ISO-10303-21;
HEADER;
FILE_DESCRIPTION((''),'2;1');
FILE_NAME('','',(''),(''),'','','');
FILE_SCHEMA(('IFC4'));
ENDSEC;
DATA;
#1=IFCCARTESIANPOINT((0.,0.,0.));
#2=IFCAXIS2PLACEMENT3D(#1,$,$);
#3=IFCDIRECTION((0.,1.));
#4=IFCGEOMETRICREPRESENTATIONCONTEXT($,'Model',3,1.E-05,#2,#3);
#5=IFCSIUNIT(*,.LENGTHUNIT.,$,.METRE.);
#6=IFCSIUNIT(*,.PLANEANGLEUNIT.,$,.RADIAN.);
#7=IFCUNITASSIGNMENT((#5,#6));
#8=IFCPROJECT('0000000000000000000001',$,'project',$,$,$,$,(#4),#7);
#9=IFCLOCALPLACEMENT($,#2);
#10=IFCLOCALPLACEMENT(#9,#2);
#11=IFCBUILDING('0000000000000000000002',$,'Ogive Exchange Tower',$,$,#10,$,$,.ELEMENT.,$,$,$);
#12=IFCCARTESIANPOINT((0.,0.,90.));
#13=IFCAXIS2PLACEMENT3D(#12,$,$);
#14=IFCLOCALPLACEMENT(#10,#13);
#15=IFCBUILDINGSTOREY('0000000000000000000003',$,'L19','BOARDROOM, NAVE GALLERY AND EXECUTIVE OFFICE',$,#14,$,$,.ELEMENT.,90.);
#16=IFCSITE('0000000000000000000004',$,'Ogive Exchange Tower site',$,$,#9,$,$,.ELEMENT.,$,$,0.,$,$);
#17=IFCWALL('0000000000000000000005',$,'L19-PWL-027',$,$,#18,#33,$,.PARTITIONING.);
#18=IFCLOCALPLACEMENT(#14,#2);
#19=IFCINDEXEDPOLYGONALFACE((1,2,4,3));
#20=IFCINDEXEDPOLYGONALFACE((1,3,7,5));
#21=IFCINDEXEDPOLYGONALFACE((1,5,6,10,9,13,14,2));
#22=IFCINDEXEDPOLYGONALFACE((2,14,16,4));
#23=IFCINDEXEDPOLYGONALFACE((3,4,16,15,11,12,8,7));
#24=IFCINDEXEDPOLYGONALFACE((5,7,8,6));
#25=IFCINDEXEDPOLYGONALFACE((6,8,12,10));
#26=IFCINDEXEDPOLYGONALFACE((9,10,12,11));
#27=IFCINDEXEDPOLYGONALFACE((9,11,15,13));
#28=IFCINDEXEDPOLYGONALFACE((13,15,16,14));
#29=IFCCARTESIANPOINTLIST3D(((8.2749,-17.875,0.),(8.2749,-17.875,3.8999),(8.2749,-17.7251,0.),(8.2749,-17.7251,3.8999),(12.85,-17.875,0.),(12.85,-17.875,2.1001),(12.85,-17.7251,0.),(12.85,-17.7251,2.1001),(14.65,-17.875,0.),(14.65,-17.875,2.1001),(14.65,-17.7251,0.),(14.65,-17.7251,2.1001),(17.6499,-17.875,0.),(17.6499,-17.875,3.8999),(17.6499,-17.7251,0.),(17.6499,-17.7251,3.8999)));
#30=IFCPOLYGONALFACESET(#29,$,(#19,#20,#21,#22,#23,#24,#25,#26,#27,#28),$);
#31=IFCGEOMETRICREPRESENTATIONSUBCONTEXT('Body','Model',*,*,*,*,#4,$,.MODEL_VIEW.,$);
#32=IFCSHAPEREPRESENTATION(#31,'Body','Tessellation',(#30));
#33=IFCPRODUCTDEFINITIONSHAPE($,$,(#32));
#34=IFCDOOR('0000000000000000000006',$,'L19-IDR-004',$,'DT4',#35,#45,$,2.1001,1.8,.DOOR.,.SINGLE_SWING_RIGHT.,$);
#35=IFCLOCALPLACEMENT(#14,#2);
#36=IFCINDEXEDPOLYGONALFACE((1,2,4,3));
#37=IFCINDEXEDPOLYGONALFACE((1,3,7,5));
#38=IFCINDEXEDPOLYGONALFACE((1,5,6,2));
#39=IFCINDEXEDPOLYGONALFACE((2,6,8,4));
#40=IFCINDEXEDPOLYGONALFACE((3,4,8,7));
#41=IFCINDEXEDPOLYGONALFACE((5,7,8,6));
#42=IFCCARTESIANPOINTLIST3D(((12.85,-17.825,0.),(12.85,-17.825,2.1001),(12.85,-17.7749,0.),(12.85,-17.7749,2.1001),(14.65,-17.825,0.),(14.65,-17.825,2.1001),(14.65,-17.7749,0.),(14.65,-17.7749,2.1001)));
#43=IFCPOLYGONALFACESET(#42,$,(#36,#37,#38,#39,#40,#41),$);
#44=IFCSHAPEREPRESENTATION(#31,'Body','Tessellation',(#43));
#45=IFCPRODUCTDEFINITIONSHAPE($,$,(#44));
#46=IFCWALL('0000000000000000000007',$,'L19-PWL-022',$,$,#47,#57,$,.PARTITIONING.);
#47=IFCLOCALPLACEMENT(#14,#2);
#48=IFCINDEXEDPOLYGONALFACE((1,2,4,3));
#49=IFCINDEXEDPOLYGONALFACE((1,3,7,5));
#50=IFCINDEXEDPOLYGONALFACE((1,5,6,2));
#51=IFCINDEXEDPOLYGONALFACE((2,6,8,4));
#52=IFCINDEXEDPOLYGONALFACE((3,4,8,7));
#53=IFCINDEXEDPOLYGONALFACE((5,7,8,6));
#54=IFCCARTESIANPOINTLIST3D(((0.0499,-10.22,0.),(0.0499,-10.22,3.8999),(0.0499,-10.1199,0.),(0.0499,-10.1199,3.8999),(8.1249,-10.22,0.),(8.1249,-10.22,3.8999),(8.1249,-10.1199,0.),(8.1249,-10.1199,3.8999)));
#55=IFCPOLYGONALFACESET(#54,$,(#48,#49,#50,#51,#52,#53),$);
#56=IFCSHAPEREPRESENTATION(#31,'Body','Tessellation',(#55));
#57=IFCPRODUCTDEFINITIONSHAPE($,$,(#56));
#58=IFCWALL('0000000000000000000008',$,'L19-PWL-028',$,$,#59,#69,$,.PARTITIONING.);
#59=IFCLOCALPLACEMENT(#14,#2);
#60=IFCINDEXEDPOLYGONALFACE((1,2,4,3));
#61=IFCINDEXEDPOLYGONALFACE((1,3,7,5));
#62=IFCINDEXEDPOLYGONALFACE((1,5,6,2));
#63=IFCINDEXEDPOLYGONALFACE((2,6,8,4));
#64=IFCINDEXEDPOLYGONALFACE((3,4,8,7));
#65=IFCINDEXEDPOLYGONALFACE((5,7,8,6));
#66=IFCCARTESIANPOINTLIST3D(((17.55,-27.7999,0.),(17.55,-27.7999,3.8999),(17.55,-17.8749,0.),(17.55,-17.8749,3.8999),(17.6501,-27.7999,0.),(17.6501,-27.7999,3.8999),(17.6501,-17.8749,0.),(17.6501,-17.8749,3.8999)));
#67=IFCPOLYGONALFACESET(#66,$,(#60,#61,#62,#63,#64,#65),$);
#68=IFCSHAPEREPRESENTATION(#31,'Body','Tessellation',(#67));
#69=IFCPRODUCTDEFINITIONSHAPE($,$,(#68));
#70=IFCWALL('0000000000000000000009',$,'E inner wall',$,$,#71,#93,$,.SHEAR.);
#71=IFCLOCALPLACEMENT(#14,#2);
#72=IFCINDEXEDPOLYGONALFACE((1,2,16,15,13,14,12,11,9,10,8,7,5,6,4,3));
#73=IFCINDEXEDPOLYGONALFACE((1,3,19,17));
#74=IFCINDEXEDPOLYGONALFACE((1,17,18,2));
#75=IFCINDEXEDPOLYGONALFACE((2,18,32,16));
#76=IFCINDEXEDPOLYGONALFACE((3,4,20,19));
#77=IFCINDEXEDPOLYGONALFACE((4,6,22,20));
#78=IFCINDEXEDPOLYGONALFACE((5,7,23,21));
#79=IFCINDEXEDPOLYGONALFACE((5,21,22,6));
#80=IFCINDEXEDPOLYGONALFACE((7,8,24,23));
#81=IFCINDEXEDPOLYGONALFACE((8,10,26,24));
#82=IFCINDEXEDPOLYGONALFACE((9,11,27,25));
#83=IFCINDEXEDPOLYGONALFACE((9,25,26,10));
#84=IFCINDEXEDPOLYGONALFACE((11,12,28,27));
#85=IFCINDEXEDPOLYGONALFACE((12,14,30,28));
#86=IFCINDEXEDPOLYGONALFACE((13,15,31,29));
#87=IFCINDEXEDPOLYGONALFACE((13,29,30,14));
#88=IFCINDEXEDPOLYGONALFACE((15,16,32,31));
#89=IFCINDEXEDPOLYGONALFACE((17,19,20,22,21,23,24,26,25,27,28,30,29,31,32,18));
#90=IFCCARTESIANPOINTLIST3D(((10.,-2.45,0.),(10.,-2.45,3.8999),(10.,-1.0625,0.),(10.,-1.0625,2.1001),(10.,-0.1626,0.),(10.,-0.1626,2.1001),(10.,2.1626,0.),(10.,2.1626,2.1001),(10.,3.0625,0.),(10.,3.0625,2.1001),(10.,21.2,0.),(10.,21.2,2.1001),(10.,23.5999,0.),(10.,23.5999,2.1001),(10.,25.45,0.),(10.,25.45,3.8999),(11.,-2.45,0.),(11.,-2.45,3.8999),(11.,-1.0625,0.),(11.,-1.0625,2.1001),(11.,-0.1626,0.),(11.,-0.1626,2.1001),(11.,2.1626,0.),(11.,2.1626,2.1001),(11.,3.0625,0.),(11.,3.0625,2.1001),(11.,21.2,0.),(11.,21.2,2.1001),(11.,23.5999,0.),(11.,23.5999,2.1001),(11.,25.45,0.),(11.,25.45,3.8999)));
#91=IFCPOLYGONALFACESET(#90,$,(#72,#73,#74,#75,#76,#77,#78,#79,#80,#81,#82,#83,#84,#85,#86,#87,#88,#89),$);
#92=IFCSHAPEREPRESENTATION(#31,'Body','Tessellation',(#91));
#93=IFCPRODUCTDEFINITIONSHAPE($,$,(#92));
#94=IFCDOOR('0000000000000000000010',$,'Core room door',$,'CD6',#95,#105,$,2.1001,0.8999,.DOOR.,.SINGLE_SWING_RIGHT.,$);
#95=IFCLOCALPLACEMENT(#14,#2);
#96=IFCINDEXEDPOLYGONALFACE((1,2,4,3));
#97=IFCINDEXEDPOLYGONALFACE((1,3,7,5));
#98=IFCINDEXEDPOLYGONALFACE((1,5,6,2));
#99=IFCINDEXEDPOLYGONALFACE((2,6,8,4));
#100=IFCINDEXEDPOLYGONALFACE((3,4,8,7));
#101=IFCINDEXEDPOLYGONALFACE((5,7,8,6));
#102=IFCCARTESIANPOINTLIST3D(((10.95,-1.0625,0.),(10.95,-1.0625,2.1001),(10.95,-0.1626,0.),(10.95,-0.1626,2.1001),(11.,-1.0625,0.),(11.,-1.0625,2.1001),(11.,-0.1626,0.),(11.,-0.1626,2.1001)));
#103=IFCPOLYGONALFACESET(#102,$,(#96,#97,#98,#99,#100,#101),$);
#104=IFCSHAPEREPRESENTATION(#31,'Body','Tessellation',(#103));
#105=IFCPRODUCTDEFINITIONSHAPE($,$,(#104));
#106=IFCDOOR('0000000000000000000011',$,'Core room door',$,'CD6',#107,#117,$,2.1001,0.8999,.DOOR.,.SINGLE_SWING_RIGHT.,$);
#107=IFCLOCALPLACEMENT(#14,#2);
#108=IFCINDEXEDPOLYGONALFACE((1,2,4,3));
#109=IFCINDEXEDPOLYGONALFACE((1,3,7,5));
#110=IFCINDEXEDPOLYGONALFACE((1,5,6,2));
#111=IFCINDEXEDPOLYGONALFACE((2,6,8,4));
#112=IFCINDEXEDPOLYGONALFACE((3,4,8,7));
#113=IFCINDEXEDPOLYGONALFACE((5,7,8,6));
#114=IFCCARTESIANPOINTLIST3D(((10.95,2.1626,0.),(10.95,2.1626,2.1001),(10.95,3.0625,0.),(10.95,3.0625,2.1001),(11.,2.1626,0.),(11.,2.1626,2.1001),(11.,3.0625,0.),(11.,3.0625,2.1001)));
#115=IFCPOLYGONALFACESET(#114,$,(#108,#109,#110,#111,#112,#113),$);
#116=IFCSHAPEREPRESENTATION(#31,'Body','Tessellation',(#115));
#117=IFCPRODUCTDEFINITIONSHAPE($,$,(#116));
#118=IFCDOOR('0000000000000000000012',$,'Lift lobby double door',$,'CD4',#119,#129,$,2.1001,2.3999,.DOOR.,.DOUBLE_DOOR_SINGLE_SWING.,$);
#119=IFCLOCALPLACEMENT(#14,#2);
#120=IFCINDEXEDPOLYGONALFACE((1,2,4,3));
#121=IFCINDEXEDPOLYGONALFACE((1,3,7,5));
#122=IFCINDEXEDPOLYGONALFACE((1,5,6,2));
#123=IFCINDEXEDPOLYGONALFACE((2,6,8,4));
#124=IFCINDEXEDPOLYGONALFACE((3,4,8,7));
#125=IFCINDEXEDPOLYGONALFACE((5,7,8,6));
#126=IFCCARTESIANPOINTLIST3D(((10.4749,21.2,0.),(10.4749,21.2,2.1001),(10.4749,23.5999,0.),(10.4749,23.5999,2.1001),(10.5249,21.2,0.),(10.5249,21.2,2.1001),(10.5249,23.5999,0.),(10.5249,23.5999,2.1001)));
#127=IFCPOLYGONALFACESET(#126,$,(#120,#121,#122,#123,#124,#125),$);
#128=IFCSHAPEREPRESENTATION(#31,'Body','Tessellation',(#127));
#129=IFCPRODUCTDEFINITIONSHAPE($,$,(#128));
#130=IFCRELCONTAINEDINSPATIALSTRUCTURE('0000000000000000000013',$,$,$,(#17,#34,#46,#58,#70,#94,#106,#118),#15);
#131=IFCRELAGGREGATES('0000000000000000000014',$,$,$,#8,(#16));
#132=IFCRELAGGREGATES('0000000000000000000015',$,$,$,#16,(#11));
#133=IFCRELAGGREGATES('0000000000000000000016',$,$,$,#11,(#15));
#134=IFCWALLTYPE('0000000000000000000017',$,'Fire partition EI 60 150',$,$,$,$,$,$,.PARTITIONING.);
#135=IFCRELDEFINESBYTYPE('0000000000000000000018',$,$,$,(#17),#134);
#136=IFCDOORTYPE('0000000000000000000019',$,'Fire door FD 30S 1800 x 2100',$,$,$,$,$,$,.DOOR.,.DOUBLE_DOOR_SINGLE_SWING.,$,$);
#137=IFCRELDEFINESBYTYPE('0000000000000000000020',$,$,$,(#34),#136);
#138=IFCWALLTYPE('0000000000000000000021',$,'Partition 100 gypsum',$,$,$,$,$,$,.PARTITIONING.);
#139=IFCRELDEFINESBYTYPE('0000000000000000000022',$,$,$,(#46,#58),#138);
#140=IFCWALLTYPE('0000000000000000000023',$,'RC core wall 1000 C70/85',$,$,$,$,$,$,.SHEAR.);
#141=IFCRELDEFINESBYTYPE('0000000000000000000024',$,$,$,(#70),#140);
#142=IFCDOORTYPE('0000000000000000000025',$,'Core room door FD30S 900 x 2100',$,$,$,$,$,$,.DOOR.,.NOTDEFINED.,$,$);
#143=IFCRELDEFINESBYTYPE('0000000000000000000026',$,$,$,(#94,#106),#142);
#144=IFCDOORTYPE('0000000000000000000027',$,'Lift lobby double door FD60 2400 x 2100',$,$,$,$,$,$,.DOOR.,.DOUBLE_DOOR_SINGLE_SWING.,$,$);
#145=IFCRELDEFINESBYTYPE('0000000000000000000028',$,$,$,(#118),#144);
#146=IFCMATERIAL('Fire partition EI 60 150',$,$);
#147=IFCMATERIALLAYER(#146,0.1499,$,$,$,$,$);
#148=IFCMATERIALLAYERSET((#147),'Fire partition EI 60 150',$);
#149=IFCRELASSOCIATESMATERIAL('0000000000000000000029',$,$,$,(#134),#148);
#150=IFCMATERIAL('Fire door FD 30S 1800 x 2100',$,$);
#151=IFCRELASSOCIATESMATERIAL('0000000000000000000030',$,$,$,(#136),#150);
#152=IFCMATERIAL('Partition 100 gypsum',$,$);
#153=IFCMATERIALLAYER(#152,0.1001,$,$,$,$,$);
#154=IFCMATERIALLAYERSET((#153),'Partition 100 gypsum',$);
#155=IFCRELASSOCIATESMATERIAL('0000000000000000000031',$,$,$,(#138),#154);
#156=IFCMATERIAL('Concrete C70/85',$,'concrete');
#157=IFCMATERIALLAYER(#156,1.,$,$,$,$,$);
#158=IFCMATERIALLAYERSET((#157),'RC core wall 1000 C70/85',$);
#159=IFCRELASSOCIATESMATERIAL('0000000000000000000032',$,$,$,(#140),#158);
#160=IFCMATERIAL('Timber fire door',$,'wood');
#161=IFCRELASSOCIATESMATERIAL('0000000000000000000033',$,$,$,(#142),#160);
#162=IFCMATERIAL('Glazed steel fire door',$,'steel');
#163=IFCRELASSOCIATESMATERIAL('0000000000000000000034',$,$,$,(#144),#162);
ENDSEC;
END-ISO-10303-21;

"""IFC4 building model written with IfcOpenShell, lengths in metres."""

from ifc_helpers import new_model, si_unit, direction, frame, frame_2d, origin, place, context, subcontext, project, spatial, rectangle, extrude, material, layer, layer_set, type_object, element, fill, save


model = new_model("IFC4")

# Units and contexts
model_context = context("Model", 3, precision=1e-05, world=origin(), true_north=direction((0.0, 1.0)))
body_context = subcontext(model_context, "Body", "Model", "MODEL_VIEW")
ifc_project = project(units=[si_unit("LENGTHUNIT", "METRE"), si_unit("PLANEANGLEUNIT", "RADIAN")], contexts=[model_context])

# Site, building, storey
site_placement = place(None, origin())
site = spatial("IfcSite", under=ifc_project, at=site_placement, Name="Ogive Exchange Tower site", CompositionType="ELEMENT", RefElevation=0.0)
building_placement = place(site_placement, origin())
building = spatial("IfcBuilding", under=site, at=building_placement, Name="Ogive Exchange Tower", CompositionType="ELEMENT")
storey_placement = place(building_placement, frame((0.0, 0.0, 90.0)))
storey = spatial("IfcBuildingStorey", under=building, at=storey_placement, Name="L19", Description="BOARDROOM, NAVE GALLERY AND EXECUTIVE OFFICE", CompositionType="ELEMENT", Elevation=90.0)

# Shared definitions
ifc_material_1 = material(Name="Fire partition EI 60 150")
ifc_layer_1 = layer(ifc_material_1, 0.1499)
ifc_layer_set_1 = layer_set([ifc_layer_1], Name="Fire partition EI 60 150")
wall_type_1 = type_object("IfcWallType", Name="Fire partition EI 60 150", PredefinedType="PARTITIONING", material=ifc_layer_set_1)

# Wall, opening, door
wall_1_placement = place(storey_placement, frame((17.6499, -17.8, 0.0), z_axis=(0.0, 0.0, 1.0), x_axis=(-1.0, 0.0, 0.0)))
wall_1 = element("IfcWall", 1, at=wall_1_placement, inside=storey, type_object=wall_type_1, Name="L19-PWL-027", PredefinedType="PARTITIONING", context=body_context, shape_type="SweptSolid", body=[
    extrude(rectangle(XDim=9.375, YDim=0.1499, at=frame_2d((4.6875, 0.0))), origin(), (0.0, 0.0, 1.0), 3.8999),
])
opening_1_placement = place(wall_1_placement, frame((3.0, 0.0, 0.0)))
opening_1 = element("IfcOpeningElement", 2, at=opening_1_placement, cuts=wall_1, PredefinedType="OPENING", context=body_context, shape_type="SweptSolid", body=[
    extrude(rectangle(XDim=1.8, YDim=2.1001, at=frame_2d((0.8999, 1.05))), frame((0.0, 0.085, 0.0), z_axis=(0.0, -1.0, 0.0), x_axis=(1.0, 0.0, 0.0)), (0.0, 0.0, 1.0), 0.1699),
])
ifc_material_2 = material(Name="Fire door FD 30S 1800 x 2100")
door_type_1 = type_object("IfcDoorType", Name="Fire door FD 30S 1800 x 2100", OperationType="DOUBLE_DOOR_SINGLE_SWING", PredefinedType="DOOR", material=ifc_material_2)
door_1_placement = place(opening_1_placement, origin())
door_1 = element("IfcDoor", 3, at=door_1_placement, inside=storey, type_object=door_type_1, Name="L19-IDR-004", ObjectType="DT4", OperationType="SINGLE_SWING_RIGHT", OverallHeight=2.1001, OverallWidth=1.8, PredefinedType="DOOR", context=body_context, shape_type="SweptSolid", body=[
    extrude(rectangle(XDim=1.8, YDim=2.1001, at=frame_2d((0.8999, 1.05))), frame((0.0, 0.0249, 0.0), z_axis=(0.0, -1.0, 0.0), x_axis=(1.0, 0.0, 0.0)), (0.0, 0.0, 1.0), 0.05),
])
fill(opening_1, door_1)

# Walls
ifc_material_3 = material(Name="Partition 100 gypsum")
ifc_layer_2 = layer(ifc_material_3, 0.1001)
ifc_layer_set_2 = layer_set([ifc_layer_2], Name="Partition 100 gypsum")
wall_type_2 = type_object("IfcWallType", Name="Partition 100 gypsum", PredefinedType="PARTITIONING", material=ifc_layer_set_2)
wall_2_placement = place(storey_placement, frame((8.125, -10.1699, 0.0), z_axis=(0.0, 0.0, 1.0), x_axis=(-1.0, 0.0, 0.0)))
element("IfcWall", 4, at=wall_2_placement, inside=storey, type_object=wall_type_2, Name="L19-PWL-022", PredefinedType="PARTITIONING", context=body_context, shape_type="SweptSolid", body=[
    extrude(rectangle(XDim=8.075, YDim=0.1001, at=frame_2d((4.0376, 0.0))), origin(), (0.0, 0.0, 1.0), 3.8999),
])
wall_3_placement = place(storey_placement, frame((17.6001, -17.875, 0.0), z_axis=(0.0, 0.0, 1.0), x_axis=(0.0, -1.0, 0.0)))
element("IfcWall", 5, at=wall_3_placement, inside=storey, type_object=wall_type_2, Name="L19-PWL-028", PredefinedType="PARTITIONING", context=body_context, shape_type="SweptSolid", body=[
    extrude(rectangle(XDim=9.925, YDim=0.1001, at=frame_2d((4.9624, 0.0))), origin(), (0.0, 0.0, 1.0), 3.8999),
])

# Wall, openings, doors
ifc_material_4 = material(Name="Concrete C70/85", Category="concrete")
ifc_layer_3 = layer(ifc_material_4, 1.0)
ifc_layer_set_3 = layer_set([ifc_layer_3], Name="RC core wall 1000 C70/85")
wall_type_3 = type_object("IfcWallType", Name="RC core wall 1000 C70/85", PredefinedType="SHEAR", material=ifc_layer_set_3)
wall_4_placement = place(storey_placement, frame((10.5, -2.45, 0.0), z_axis=(0.0, 0.0, 1.0), x_axis=(0.0, 1.0, 0.0)))
wall_4 = element("IfcWall", 6, at=wall_4_placement, inside=storey, type_object=wall_type_3, Name="E inner wall", PredefinedType="SHEAR", context=body_context, shape_type="SweptSolid", body=[
    extrude(rectangle(XDim=27.8999, YDim=1.0, at=frame_2d((13.95, 0.0))), origin(), (0.0, 0.0, 1.0), 3.8999),
])
opening_2_placement = place(wall_4_placement, frame((23.6499, 0.0, 0.0)))
opening_2 = element("IfcOpeningElement", 7, at=opening_2_placement, cuts=wall_4, PredefinedType="OPENING", context=body_context, shape_type="SweptSolid", body=[
    extrude(rectangle(XDim=2.3999, YDim=2.1001, at=frame_2d((1.2, 1.05))), frame((0.0, 0.51, 0.0), z_axis=(0.0, -1.0, 0.0), x_axis=(1.0, 0.0, 0.0)), (0.0, 0.0, 1.0), 1.02),
])
opening_3_placement = place(wall_4_placement, frame((1.3875, 0.0, 0.0)))
opening_3 = element("IfcOpeningElement", 8, at=opening_3_placement, cuts=wall_4, PredefinedType="OPENING", context=body_context, shape_type="SweptSolid", body=[
    extrude(rectangle(XDim=0.8999, YDim=2.1001, at=frame_2d((0.45, 1.05))), frame((0.0, 0.51, 0.0), z_axis=(0.0, -1.0, 0.0), x_axis=(1.0, 0.0, 0.0)), (0.0, 0.0, 1.0), 1.02),
])
opening_4_placement = place(wall_4_placement, frame((4.6125, 0.0, 0.0)))
opening_4 = element("IfcOpeningElement", 9, at=opening_4_placement, cuts=wall_4, PredefinedType="OPENING", context=body_context, shape_type="SweptSolid", body=[
    extrude(rectangle(XDim=0.8999, YDim=2.1001, at=frame_2d((0.45, 1.05))), frame((0.0, 0.51, 0.0), z_axis=(0.0, -1.0, 0.0), x_axis=(1.0, 0.0, 0.0)), (0.0, 0.0, 1.0), 1.02),
])
ifc_material_5 = material(Name="Timber fire door", Category="wood")
door_type_2 = type_object("IfcDoorType", Name="Core room door FD30S 900 x 2100", OperationType="NOTDEFINED", PredefinedType="DOOR", material=ifc_material_5)
door_2_placement = place(opening_3_placement, frame((0.8999, -0.9502, 0.0), z_axis=(0.0, 0.0, 1.0), x_axis=(-1.0, 0.0, 0.0)))
door_2 = element("IfcDoor", 10, at=door_2_placement, inside=storey, type_object=door_type_2, Name="Core room door", ObjectType="CD6", OperationType="SINGLE_SWING_RIGHT", OverallHeight=2.1001, OverallWidth=0.8999, PredefinedType="DOOR", context=body_context, shape_type="SweptSolid", body=[
    extrude(rectangle(XDim=0.8999, YDim=2.1001, at=frame_2d((0.45, 1.05))), frame((0.0, -0.4502, 0.0), z_axis=(0.0, -1.0, 0.0), x_axis=(1.0, 0.0, 0.0)), (0.0, 0.0, 1.0), 0.05),
])
fill(opening_3, door_2)
door_3_placement = place(opening_4_placement, frame((0.8999, -0.9502, 0.0), z_axis=(0.0, 0.0, 1.0), x_axis=(-1.0, 0.0, 0.0)))
door_3 = element("IfcDoor", 11, at=door_3_placement, inside=storey, type_object=door_type_2, Name="Core room door", ObjectType="CD6", OperationType="SINGLE_SWING_RIGHT", OverallHeight=2.1001, OverallWidth=0.8999, PredefinedType="DOOR", context=body_context, shape_type="SweptSolid", body=[
    extrude(rectangle(XDim=0.8999, YDim=2.1001, at=frame_2d((0.45, 1.05))), frame((0.0, -0.4502, 0.0), z_axis=(0.0, -1.0, 0.0), x_axis=(1.0, 0.0, 0.0)), (0.0, 0.0, 1.0), 0.05),
])
fill(opening_4, door_3)
ifc_material_6 = material(Name="Glazed steel fire door", Category="steel")
door_type_3 = type_object("IfcDoorType", Name="Lift lobby double door FD60 2400 x 2100", OperationType="DOUBLE_DOOR_SINGLE_SWING", PredefinedType="DOOR", material=ifc_material_6)
door_4_placement = place(opening_2_placement, frame((2.3999, 0.0, 0.0), z_axis=(0.0, 0.0, 1.0), x_axis=(-1.0, 0.0, 0.0)))
door_4 = element("IfcDoor", 12, at=door_4_placement, inside=storey, type_object=door_type_3, Name="Lift lobby double door", ObjectType="CD4", OperationType="DOUBLE_DOOR_SINGLE_SWING", OverallHeight=2.1001, OverallWidth=2.3999, PredefinedType="DOOR", context=body_context, shape_type="SweptSolid", body=[
    extrude(rectangle(XDim=2.3999, YDim=2.1001, at=frame_2d((1.2, 1.05))), frame((0.0, 0.0249, 0.0), z_axis=(0.0, -1.0, 0.0), x_axis=(1.0, 0.0, 0.0)), (0.0, 0.0, 1.0), 0.05),
])
fill(opening_2, door_4)

save(model, "model.ifc")
